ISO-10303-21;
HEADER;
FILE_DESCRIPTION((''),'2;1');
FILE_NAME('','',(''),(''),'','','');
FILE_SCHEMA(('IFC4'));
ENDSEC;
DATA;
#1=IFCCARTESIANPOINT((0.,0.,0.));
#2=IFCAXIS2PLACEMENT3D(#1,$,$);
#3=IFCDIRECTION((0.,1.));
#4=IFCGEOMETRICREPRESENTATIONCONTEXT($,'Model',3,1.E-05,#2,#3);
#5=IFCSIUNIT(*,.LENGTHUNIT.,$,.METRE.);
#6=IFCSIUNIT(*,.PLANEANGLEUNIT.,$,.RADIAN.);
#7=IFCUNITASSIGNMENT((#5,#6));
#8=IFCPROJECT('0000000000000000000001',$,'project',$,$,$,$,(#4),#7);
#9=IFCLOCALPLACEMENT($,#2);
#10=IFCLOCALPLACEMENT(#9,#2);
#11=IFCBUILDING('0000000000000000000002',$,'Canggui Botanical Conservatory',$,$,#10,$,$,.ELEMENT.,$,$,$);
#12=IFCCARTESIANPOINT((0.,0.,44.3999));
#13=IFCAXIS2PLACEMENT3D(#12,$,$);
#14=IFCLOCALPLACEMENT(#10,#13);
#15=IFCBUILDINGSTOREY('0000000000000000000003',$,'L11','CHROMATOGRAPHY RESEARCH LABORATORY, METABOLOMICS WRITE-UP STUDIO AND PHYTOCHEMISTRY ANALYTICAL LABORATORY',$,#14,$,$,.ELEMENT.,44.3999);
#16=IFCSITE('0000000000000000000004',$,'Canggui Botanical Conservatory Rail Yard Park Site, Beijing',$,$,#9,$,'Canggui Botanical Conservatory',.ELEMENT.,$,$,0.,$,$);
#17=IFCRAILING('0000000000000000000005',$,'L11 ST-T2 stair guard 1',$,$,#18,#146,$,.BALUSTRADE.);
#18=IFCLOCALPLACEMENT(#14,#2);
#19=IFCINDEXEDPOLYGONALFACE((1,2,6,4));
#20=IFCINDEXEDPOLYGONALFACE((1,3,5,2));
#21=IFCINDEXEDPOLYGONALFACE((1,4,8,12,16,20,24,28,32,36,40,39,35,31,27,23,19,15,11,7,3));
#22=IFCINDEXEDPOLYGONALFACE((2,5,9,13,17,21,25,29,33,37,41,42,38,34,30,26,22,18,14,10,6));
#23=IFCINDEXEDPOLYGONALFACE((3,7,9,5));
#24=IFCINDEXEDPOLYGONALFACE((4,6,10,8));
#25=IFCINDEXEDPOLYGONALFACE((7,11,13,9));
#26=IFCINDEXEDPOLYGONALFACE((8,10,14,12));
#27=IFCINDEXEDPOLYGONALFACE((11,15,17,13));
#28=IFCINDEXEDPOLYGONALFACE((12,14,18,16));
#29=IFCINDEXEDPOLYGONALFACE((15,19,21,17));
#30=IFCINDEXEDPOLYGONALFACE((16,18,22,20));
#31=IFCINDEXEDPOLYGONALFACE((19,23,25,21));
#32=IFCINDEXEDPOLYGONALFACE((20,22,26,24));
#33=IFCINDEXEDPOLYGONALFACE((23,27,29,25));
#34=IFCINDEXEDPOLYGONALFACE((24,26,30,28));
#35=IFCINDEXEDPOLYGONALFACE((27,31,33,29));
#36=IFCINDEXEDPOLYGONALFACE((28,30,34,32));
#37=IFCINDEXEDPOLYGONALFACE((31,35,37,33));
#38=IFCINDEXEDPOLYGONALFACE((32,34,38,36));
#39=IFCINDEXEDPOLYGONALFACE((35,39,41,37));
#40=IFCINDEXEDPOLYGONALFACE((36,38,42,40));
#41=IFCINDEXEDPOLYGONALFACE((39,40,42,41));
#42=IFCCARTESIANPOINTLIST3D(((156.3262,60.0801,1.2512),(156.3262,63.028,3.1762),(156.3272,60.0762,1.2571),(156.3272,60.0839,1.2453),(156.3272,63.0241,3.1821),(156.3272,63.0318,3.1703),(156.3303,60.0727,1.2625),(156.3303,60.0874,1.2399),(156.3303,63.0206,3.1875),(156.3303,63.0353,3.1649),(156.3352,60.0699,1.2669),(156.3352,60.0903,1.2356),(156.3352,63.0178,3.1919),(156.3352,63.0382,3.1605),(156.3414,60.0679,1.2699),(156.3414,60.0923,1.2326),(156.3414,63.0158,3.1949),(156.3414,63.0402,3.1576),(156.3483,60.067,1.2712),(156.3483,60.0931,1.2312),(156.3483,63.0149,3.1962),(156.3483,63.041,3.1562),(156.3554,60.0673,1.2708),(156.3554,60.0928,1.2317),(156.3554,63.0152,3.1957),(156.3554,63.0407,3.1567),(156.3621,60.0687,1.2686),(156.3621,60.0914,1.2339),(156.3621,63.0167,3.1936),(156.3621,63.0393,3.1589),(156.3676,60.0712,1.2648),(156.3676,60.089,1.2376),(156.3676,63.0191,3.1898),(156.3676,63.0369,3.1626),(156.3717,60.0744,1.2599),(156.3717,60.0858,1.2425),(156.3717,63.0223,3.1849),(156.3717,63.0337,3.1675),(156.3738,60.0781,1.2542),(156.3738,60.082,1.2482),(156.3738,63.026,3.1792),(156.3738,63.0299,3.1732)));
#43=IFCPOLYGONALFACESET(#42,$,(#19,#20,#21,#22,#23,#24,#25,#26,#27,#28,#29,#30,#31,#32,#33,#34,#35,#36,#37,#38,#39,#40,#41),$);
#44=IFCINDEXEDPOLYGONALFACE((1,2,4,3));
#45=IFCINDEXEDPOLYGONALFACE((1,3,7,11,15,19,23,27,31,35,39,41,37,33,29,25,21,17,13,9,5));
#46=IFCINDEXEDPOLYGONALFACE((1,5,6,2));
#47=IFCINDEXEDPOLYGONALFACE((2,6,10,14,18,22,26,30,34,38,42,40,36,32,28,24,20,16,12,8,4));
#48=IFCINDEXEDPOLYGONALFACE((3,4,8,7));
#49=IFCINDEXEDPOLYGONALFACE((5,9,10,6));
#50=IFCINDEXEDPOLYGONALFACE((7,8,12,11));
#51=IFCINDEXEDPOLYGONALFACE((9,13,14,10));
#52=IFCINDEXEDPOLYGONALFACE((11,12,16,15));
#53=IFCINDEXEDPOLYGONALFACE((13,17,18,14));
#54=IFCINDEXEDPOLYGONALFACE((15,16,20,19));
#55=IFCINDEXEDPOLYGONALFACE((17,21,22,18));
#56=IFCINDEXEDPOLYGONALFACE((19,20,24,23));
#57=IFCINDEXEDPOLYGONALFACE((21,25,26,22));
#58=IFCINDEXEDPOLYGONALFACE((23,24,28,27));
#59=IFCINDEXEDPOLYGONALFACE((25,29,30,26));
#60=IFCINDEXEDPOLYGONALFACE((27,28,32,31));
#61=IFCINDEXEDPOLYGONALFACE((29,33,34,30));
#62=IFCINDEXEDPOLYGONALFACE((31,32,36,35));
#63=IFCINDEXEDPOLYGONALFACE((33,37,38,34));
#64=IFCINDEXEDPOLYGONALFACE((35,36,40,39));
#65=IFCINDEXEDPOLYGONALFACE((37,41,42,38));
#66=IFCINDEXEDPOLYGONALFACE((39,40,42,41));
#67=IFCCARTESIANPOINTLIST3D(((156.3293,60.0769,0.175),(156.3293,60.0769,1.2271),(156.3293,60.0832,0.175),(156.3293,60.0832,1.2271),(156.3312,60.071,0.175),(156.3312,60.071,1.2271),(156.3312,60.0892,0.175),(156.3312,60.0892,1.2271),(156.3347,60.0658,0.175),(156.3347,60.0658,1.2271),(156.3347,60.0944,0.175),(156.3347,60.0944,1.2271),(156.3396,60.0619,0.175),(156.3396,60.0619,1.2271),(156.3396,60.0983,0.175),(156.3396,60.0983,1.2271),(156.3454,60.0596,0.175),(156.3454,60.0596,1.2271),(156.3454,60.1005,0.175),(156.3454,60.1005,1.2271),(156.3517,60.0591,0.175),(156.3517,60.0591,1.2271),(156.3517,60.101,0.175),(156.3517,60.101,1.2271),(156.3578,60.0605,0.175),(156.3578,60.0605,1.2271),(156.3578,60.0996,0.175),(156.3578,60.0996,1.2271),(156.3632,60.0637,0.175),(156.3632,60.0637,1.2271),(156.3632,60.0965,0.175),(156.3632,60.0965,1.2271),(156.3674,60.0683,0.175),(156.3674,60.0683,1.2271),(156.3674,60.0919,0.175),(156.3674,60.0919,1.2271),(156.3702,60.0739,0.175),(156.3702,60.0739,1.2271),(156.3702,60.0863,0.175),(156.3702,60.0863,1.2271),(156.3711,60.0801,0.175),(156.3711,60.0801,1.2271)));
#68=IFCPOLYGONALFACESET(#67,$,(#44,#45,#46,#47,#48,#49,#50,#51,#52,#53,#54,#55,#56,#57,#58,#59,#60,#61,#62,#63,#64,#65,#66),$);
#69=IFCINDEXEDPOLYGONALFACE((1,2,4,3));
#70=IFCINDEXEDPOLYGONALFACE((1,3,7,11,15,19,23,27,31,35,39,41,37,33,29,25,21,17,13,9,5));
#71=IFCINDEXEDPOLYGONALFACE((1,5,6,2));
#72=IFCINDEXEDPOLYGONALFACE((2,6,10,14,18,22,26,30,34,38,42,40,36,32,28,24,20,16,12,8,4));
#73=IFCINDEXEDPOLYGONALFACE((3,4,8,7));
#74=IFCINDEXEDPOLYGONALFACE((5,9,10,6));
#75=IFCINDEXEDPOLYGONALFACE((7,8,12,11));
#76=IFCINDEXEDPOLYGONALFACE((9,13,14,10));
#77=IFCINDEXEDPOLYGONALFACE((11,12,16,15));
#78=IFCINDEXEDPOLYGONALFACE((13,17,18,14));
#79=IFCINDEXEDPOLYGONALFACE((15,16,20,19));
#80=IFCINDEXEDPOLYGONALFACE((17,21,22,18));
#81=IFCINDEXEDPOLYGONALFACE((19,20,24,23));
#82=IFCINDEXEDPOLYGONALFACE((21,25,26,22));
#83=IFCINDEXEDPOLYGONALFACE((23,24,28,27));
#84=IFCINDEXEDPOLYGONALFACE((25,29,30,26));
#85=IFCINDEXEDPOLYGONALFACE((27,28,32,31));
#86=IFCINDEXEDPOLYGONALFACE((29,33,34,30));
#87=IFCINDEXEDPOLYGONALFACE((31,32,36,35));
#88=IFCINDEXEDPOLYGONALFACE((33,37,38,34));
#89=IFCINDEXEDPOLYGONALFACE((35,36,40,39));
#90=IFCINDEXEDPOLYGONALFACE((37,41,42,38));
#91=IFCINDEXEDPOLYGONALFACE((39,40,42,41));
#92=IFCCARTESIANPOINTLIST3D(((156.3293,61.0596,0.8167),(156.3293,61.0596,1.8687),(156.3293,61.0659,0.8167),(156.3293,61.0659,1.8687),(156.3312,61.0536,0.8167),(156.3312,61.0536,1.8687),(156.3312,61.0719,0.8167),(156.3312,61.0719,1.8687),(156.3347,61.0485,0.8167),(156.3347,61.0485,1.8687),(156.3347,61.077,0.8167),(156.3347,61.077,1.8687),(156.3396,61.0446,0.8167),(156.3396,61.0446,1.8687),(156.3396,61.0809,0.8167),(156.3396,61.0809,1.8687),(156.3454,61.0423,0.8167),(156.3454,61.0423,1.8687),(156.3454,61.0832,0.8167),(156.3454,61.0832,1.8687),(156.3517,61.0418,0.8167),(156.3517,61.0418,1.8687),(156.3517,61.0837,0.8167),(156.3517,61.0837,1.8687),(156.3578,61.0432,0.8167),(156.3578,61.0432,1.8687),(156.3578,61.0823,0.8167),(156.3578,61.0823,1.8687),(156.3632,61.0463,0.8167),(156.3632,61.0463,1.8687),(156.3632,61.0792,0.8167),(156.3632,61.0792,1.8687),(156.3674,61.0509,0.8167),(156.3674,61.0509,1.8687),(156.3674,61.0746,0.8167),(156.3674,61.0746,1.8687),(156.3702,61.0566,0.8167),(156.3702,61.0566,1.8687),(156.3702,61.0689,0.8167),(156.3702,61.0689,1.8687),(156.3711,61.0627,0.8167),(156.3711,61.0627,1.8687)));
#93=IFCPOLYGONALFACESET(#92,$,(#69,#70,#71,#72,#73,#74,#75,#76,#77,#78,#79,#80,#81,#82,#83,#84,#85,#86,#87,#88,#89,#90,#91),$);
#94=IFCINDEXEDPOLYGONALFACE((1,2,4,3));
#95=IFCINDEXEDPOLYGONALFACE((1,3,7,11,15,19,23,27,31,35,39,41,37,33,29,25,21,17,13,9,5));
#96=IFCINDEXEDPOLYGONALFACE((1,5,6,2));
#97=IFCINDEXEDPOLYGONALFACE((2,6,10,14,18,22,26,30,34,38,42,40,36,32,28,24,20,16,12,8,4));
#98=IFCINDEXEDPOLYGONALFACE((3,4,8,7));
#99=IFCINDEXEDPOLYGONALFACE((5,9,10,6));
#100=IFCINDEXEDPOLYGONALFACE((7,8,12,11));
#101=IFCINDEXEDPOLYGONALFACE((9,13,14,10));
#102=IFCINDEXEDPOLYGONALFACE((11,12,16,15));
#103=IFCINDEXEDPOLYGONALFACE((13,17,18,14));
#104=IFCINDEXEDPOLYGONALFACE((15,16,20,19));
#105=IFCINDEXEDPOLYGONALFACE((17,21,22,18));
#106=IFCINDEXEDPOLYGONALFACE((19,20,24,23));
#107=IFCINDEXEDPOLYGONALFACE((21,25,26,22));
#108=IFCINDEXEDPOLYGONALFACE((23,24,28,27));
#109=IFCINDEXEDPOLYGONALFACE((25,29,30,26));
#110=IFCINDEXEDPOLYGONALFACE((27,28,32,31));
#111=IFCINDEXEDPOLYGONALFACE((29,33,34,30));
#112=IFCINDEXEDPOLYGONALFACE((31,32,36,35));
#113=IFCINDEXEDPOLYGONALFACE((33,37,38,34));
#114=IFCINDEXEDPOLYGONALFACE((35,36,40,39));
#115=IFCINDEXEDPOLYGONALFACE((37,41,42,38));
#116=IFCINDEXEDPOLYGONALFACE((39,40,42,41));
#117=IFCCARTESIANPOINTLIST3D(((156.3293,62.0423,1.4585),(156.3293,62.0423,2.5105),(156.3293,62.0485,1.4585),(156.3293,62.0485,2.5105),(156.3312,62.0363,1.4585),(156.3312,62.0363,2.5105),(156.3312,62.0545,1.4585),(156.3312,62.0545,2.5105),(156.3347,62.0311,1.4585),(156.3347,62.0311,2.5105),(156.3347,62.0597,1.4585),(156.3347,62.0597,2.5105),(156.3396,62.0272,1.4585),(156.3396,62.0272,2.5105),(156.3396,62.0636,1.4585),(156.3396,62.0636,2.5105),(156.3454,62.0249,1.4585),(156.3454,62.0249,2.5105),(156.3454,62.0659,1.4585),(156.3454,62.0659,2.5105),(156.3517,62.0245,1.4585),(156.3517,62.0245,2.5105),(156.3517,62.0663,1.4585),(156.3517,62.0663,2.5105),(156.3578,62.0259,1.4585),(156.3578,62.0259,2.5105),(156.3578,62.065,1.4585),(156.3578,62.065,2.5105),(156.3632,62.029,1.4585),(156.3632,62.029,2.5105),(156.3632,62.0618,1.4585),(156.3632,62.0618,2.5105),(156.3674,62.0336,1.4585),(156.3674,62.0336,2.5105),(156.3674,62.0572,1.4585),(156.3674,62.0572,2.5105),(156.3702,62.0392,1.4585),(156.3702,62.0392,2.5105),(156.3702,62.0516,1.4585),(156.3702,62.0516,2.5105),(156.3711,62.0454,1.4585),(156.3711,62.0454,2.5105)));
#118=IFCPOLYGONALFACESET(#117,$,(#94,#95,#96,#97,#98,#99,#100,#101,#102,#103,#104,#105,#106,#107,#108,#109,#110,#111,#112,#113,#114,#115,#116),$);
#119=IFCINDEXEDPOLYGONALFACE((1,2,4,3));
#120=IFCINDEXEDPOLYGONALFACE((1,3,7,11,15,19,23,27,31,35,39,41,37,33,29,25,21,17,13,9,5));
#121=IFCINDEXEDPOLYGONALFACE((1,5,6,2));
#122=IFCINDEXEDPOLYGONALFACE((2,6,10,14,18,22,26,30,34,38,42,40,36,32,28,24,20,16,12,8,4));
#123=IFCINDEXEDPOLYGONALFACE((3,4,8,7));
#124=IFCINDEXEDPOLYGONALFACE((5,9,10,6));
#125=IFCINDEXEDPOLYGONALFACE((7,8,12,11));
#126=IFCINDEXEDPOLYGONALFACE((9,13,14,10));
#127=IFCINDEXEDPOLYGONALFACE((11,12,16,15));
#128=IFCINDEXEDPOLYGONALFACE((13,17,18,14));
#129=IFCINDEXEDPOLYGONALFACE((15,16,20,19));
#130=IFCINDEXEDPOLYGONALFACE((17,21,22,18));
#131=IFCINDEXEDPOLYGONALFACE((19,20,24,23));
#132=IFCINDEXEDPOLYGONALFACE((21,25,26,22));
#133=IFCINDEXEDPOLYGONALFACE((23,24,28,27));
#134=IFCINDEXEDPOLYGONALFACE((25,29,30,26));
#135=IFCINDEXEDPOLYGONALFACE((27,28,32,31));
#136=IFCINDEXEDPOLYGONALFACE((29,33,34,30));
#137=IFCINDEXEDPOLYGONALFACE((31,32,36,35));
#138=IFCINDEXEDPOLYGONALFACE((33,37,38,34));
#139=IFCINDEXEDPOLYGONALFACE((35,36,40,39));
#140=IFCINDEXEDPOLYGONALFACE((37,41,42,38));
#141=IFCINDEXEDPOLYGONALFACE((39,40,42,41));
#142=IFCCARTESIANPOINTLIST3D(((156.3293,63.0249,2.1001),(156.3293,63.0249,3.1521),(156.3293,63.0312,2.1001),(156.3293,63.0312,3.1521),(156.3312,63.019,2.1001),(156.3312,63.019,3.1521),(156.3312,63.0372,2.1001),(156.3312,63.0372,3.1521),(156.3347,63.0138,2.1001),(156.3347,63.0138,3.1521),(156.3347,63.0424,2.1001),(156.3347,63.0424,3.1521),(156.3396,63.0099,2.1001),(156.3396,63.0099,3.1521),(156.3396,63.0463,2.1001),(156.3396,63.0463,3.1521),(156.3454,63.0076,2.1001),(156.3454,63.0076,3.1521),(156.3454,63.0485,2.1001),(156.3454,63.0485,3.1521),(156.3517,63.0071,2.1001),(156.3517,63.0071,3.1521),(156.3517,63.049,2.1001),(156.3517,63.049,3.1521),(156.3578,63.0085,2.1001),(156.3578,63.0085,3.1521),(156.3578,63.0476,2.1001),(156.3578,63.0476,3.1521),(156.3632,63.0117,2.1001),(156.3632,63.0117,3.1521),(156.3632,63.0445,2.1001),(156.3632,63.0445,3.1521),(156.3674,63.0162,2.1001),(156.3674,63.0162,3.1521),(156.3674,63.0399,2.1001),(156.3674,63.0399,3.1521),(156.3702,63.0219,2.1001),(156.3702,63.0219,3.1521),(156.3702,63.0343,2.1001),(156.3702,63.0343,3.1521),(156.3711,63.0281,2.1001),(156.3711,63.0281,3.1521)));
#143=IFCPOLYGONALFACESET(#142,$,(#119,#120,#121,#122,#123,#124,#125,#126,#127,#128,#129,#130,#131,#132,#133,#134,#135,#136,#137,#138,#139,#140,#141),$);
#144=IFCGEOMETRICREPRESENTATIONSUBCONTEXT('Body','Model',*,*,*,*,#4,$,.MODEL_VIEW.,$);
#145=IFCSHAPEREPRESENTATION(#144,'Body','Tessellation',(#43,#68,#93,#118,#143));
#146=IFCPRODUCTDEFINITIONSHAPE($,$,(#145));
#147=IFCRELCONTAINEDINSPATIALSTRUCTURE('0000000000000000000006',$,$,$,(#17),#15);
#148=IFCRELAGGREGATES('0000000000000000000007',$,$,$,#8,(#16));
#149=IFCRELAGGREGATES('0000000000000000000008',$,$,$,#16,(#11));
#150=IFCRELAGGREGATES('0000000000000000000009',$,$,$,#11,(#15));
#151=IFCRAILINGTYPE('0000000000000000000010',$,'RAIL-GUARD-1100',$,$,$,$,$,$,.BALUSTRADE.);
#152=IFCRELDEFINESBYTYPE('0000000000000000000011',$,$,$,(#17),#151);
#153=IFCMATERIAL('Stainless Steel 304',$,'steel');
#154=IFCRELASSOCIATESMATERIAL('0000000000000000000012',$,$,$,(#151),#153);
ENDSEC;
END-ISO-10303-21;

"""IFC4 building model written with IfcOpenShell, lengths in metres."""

from ifc_helpers import new_model, si_unit, direction, frame, origin, origin_2d, place, context, subcontext, project, spatial, circle, extrude, material, type_object, element, save


model = new_model("IFC4")

# Units and contexts
model_context = context("Model", 3, precision=1e-05, world=origin(), true_north=direction((0.0, 1.0)))
body_context = subcontext(model_context, "Body", "Model", "MODEL_VIEW")
ifc_project = project(units=[si_unit("LENGTHUNIT", "METRE"), si_unit("PLANEANGLEUNIT", "RADIAN")], contexts=[model_context])

# Site, building, storey
site_placement = place(None, origin())
site = spatial("IfcSite", under=ifc_project, at=site_placement, Name="Canggui Botanical Conservatory Rail Yard Park Site, Beijing", LongName="Canggui Botanical Conservatory", CompositionType="ELEMENT", RefElevation=0.0)
building_placement = place(site_placement, origin())
building = spatial("IfcBuilding", under=site, at=building_placement, Name="Canggui Botanical Conservatory", CompositionType="ELEMENT")
storey_placement = place(building_placement, frame((0.0, 0.0, 44.3999)))
storey = spatial("IfcBuildingStorey", under=building, at=storey_placement, Name="L11", Description="CHROMATOGRAPHY RESEARCH LABORATORY, METABOLOMICS WRITE-UP STUDIO AND PHYTOCHEMISTRY ANALYTICAL LABORATORY", CompositionType="ELEMENT", Elevation=44.3999)

# Shared definitions
ifc_material_1 = material(Name="Stainless Steel 304", Category="steel")

# Railing
railing_type = type_object("IfcRailingType", Name="RAIL-GUARD-1100", PredefinedType="BALUSTRADE", material=ifc_material_1)
railing_1_placement = place(storey_placement, frame((156.3501, 60.0801, 0.175)))
element("IfcRailing", 1, at=railing_1_placement, inside=storey, type_object=railing_type, Name="L11 ST-T2 stair guard 1", PredefinedType="BALUSTRADE", context=body_context, shape_type="SweptSolid", body=[
    extrude(circle(Radius=0.0239, at=origin_2d()), frame((0.0, 0.0, 1.0762), z_axis=(0.0, 0.837293, 0.546754), x_axis=(-1.0, 0.0, 0.0)), (0.0, 0.0, 1.0), 3.5208),
    extrude(circle(Radius=0.021, at=origin_2d()), origin(), (0.0, 0.0, 1.0), 1.052),
    extrude(circle(Radius=0.021, at=origin_2d()), frame((0.0, 0.9827, 0.6416)), (0.0, 0.0, 1.0), 1.052),
    extrude(circle(Radius=0.021, at=origin_2d()), frame((0.0, 1.9653, 1.2834)), (0.0, 0.0, 1.0), 1.052),
    extrude(circle(Radius=0.021, at=origin_2d()), frame((0.0, 2.948, 1.925)), (0.0, 0.0, 1.0), 1.052),
])

save(model, "model.ifc")
